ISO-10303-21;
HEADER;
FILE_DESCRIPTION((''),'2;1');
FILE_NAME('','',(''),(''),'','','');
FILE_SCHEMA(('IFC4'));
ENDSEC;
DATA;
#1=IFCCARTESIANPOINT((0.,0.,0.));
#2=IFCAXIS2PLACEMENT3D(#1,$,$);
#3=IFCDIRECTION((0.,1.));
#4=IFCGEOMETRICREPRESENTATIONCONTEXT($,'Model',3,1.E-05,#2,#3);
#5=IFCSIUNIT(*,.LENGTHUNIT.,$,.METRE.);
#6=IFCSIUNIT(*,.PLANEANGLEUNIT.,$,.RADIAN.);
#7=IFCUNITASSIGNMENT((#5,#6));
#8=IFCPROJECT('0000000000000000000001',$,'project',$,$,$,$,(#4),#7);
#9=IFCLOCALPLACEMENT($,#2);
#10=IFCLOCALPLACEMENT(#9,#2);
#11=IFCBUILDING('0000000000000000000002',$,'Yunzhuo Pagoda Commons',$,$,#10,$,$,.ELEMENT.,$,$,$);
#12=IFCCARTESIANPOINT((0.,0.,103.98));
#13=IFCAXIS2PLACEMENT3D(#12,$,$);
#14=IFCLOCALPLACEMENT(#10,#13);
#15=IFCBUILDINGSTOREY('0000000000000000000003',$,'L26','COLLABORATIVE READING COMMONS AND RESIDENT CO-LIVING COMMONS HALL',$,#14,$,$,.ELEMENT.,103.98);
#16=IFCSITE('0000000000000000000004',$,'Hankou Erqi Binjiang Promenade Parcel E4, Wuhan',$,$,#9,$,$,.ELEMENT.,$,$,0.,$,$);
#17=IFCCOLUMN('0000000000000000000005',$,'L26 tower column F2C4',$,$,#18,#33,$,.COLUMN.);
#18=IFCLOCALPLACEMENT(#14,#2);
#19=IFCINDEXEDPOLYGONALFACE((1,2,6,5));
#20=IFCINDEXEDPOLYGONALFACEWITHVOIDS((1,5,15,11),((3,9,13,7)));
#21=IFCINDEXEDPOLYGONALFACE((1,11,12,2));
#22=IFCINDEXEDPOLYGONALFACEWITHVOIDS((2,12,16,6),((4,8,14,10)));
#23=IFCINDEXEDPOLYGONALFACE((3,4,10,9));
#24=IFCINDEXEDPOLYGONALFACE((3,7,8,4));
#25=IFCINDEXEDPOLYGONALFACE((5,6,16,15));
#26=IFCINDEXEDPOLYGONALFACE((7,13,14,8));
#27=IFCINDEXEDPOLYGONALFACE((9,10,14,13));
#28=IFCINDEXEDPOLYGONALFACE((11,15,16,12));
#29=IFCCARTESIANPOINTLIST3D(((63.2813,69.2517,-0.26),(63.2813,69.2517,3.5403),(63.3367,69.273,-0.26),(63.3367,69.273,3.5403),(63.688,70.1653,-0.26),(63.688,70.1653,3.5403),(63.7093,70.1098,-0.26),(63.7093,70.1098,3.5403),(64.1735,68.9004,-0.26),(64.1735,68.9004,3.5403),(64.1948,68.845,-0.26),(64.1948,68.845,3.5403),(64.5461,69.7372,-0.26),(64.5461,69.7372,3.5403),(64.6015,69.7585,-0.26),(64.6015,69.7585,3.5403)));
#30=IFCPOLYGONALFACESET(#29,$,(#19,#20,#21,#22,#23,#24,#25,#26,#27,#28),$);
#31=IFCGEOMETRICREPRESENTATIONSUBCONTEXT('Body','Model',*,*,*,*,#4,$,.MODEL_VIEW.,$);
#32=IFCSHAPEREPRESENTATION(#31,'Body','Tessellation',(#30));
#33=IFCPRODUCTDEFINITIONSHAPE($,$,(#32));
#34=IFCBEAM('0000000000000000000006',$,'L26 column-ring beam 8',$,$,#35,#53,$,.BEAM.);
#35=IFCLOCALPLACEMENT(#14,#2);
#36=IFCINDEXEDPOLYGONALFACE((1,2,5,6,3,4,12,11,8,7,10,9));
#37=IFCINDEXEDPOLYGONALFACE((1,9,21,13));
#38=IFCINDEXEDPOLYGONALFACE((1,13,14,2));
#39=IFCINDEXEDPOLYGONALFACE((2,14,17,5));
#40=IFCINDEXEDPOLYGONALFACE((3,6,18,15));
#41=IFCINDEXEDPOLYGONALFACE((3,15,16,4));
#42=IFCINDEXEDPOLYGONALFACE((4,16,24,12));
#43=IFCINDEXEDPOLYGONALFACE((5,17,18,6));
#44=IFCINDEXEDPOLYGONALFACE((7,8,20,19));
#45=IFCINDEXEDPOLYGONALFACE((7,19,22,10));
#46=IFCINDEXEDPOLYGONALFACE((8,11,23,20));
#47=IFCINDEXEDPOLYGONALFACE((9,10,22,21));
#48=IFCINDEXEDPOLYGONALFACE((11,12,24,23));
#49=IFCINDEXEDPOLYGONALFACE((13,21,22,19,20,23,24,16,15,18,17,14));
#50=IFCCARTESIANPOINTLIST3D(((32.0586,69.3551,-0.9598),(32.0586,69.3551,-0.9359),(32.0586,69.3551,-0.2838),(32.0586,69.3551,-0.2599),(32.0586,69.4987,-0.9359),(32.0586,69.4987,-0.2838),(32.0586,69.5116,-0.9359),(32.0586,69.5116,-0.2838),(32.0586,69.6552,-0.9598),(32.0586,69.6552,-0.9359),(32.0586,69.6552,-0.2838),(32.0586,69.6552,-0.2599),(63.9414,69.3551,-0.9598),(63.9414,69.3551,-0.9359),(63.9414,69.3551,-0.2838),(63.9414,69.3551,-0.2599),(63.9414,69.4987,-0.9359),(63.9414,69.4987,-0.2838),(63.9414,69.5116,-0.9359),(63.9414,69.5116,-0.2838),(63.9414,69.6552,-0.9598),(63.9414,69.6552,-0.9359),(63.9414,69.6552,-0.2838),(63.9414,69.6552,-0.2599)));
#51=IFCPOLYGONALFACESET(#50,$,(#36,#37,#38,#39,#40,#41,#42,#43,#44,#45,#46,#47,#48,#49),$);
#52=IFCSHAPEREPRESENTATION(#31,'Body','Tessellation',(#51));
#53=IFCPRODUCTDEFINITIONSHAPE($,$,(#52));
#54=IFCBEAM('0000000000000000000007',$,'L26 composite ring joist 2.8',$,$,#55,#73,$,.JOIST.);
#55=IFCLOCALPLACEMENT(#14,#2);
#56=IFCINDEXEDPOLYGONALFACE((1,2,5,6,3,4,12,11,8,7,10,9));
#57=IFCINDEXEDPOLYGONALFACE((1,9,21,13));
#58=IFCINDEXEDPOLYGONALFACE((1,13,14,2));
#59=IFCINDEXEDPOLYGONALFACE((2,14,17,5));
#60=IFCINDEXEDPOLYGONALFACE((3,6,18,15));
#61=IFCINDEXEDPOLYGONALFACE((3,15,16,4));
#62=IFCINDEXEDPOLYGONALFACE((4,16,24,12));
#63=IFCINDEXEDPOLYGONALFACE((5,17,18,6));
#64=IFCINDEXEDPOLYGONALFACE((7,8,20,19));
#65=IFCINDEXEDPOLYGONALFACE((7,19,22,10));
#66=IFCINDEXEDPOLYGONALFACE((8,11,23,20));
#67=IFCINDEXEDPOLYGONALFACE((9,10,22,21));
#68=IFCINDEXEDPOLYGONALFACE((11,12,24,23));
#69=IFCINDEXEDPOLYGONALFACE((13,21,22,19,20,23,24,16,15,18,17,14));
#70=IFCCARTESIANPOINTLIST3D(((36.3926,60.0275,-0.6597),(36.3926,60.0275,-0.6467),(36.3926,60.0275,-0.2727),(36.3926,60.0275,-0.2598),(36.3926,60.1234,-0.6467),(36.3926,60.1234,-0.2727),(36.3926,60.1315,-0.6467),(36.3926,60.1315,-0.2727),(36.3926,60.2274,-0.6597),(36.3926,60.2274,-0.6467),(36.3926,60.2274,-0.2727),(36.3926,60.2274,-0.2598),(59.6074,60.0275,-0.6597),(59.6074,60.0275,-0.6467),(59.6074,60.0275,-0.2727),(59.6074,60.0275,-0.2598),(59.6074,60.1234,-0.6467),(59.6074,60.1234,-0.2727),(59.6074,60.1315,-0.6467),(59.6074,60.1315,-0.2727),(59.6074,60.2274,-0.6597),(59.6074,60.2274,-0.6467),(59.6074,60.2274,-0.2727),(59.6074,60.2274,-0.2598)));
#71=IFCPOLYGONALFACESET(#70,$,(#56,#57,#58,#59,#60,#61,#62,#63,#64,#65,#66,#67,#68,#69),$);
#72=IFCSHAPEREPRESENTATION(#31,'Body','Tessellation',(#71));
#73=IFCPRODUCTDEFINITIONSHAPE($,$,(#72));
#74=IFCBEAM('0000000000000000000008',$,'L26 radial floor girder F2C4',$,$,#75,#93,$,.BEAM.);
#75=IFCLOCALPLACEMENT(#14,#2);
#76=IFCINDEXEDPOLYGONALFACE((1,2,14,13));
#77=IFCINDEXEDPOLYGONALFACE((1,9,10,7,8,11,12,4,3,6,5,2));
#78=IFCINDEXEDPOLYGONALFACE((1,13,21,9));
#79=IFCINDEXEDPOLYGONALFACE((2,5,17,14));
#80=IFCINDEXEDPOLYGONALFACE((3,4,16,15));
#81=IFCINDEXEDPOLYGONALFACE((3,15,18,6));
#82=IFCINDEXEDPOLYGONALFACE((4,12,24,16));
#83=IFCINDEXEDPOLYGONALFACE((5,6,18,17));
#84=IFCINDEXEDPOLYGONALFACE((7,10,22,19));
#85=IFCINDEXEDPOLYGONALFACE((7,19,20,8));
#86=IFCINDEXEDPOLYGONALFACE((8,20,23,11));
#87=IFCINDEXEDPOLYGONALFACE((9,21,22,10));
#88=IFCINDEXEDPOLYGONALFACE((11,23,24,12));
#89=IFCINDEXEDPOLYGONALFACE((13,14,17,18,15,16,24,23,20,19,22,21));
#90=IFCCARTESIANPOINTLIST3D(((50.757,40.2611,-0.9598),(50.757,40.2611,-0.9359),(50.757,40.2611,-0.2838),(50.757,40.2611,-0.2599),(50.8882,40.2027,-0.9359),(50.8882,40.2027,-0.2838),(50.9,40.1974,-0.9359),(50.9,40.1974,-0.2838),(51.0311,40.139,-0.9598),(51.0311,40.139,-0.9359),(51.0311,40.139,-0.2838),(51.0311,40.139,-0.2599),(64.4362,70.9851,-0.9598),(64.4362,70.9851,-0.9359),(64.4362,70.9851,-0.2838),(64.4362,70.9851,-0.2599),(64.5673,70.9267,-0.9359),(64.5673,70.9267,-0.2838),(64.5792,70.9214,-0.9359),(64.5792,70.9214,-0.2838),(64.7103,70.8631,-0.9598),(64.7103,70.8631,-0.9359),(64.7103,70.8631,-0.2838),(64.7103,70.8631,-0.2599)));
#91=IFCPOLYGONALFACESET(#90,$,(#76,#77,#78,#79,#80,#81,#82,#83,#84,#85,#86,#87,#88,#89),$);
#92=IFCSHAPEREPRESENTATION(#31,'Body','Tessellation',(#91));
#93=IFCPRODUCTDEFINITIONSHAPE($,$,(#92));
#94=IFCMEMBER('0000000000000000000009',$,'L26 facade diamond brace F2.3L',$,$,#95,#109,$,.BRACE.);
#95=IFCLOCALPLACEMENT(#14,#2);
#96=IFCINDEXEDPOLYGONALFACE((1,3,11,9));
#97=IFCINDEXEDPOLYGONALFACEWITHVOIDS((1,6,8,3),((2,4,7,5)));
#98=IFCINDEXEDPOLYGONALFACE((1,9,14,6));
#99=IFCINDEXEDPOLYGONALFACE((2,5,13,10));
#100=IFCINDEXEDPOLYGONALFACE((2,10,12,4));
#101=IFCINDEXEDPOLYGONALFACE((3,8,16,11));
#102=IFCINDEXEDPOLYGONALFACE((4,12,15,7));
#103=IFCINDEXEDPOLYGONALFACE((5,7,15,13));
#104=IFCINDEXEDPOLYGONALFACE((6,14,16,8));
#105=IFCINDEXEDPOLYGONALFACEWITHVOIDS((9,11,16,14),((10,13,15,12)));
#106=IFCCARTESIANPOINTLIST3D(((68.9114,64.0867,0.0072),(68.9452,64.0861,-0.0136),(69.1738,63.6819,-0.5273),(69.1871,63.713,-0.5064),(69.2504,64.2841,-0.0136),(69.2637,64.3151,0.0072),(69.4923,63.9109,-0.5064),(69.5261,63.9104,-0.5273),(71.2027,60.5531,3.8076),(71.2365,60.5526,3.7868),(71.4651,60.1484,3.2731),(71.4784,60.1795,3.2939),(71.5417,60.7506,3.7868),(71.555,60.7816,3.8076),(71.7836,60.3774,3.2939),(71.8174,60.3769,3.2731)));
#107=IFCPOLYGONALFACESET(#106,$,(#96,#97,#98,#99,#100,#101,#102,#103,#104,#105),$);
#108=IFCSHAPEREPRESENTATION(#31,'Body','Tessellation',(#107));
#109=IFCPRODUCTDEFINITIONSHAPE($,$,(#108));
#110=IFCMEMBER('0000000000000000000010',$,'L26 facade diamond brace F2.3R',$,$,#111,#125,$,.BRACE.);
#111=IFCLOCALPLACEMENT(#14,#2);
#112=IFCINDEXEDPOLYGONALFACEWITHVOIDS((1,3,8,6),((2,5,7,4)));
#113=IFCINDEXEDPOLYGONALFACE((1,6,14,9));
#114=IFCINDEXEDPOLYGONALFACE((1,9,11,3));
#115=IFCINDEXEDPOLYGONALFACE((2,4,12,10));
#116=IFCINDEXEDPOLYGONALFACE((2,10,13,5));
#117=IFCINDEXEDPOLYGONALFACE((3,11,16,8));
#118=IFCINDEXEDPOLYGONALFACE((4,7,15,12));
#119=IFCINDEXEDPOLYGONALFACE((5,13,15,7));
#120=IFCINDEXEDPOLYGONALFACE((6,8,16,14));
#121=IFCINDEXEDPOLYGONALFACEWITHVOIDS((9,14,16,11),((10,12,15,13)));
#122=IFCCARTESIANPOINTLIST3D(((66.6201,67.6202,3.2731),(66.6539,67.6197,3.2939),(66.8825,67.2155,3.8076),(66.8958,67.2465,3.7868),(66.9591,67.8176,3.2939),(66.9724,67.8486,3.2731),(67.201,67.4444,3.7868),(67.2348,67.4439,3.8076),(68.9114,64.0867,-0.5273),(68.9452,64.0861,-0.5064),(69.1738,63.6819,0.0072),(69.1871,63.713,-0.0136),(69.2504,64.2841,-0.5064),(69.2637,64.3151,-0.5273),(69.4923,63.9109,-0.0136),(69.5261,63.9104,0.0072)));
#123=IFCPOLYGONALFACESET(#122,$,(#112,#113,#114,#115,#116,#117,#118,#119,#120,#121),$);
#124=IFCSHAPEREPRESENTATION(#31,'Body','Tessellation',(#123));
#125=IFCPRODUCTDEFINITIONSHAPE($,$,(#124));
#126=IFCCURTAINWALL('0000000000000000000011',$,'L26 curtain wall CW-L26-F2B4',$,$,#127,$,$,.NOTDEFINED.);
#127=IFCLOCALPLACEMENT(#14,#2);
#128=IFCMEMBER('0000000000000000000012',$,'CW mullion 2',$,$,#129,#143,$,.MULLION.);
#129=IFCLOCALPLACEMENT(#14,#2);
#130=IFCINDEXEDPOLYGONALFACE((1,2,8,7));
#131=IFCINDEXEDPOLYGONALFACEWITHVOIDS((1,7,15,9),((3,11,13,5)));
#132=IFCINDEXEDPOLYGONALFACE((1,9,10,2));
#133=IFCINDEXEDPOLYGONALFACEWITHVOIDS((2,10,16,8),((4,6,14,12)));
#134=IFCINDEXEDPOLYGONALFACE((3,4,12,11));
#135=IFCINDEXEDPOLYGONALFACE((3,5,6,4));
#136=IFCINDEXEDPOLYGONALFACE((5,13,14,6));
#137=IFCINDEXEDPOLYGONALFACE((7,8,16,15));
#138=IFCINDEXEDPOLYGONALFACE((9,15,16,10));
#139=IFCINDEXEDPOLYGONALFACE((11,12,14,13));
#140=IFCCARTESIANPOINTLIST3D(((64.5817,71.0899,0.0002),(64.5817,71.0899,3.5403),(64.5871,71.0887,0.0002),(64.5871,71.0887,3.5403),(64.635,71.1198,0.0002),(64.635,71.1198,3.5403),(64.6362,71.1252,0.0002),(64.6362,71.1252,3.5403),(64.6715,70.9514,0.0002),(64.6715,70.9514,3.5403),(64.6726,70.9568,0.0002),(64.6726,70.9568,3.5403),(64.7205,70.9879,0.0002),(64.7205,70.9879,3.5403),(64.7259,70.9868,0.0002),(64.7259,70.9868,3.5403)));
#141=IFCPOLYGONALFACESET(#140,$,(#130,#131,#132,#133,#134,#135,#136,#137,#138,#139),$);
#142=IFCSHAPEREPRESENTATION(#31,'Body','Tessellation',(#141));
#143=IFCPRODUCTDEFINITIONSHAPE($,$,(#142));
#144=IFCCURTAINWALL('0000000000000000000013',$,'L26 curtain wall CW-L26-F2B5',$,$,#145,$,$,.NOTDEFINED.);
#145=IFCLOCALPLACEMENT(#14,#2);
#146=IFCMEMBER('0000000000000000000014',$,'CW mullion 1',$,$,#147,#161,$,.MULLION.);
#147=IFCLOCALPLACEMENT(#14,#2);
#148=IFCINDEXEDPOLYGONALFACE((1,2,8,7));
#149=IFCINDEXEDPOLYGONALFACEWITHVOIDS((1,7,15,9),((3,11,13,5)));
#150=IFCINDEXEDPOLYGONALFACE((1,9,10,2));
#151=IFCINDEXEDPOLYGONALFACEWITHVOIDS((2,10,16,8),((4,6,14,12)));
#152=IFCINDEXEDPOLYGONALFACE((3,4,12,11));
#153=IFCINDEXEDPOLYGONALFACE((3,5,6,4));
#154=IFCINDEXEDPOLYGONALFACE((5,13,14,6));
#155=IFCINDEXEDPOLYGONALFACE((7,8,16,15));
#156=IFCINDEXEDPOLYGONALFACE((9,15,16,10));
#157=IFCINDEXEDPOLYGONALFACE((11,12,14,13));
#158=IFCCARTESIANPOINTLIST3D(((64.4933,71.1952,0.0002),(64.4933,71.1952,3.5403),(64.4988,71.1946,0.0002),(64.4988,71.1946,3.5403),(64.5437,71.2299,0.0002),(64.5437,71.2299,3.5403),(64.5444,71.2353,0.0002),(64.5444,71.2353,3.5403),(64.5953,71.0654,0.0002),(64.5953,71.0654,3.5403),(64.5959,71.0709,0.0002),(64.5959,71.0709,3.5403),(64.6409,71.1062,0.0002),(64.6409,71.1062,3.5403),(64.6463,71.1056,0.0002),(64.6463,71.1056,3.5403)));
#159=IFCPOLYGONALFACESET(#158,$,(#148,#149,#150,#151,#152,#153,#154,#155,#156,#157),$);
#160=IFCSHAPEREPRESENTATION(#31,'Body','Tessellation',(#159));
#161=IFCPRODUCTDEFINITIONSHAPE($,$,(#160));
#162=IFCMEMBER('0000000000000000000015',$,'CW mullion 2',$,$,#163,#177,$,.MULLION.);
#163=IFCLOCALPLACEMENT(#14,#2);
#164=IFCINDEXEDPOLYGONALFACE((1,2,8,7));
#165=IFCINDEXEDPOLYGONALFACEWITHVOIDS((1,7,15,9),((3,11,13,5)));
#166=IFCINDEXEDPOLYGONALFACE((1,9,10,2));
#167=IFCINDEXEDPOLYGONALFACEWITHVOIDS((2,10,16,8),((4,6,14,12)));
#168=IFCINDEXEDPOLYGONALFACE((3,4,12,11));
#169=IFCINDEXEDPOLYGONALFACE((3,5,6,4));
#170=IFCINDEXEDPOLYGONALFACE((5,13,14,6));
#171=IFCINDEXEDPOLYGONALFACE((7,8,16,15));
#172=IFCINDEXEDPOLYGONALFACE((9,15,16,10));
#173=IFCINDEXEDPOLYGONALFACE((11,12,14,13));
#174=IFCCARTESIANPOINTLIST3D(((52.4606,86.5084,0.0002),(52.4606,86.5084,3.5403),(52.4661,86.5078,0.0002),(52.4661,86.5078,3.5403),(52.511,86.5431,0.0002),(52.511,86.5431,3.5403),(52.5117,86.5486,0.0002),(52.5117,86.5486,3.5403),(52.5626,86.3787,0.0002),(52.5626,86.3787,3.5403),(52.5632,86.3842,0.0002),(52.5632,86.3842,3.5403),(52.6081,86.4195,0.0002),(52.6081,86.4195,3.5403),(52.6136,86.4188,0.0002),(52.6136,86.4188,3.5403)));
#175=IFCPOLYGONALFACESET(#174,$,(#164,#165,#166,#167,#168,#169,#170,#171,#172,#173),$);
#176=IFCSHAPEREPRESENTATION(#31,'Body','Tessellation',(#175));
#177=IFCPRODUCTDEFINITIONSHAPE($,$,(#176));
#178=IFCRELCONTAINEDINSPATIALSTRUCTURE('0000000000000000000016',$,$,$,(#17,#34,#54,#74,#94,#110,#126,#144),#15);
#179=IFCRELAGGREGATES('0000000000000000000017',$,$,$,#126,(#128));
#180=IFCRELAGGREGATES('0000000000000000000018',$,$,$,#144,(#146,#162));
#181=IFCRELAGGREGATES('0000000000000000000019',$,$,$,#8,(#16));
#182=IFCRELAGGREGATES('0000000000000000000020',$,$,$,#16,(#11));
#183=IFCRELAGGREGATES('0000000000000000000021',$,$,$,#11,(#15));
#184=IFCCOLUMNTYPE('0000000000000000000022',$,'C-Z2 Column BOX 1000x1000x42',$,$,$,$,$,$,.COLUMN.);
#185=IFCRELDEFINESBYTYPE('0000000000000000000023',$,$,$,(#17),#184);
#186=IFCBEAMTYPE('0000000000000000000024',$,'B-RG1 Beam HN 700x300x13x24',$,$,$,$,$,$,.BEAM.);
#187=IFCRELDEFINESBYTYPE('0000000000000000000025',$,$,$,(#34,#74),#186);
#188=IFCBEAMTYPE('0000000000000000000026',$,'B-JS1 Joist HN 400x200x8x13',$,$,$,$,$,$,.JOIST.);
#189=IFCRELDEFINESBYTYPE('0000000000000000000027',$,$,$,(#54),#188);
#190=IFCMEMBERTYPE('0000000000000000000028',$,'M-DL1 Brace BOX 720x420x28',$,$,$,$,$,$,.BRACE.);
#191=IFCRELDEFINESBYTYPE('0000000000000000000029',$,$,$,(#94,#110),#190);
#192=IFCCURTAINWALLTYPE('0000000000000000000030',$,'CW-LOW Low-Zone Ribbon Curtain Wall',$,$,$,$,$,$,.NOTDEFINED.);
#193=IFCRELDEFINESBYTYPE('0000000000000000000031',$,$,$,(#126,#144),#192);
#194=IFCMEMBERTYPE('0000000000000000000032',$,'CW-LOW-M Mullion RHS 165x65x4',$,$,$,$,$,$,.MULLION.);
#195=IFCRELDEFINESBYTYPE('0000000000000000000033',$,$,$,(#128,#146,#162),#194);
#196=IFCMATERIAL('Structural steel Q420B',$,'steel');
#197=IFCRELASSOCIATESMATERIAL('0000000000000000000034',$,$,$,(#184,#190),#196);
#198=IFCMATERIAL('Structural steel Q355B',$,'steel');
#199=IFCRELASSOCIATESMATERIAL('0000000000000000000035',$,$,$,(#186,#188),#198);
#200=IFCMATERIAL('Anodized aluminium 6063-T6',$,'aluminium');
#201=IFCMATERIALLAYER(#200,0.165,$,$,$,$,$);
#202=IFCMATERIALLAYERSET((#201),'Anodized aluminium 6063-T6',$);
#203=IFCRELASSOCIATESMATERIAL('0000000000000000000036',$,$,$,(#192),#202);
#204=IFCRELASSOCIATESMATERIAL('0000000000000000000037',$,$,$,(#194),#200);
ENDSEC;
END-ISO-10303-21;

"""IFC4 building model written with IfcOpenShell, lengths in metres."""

from ifc_helpers import new_model, si_unit, direction, frame, origin, origin_2d, place, context, subcontext, project, spatial, hollow_rectangle, i_section, extrude, source, transform, mapped, material, layer, layer_set, material_profile, profile_set, type_object, element, aggregate, save


model = new_model("IFC4")

# Units and contexts
model_context = context("Model", 3, precision=1e-05, world=origin(), true_north=direction((0.0, 1.0)))
body_context = subcontext(model_context, "Body", "Model", "MODEL_VIEW")
ifc_project = project(units=[si_unit("LENGTHUNIT", "METRE"), si_unit("PLANEANGLEUNIT", "RADIAN")], contexts=[model_context])

# Site, building, storey
site_placement = place(None, origin())
site = spatial("IfcSite", under=ifc_project, at=site_placement, Name="Hankou Erqi Binjiang Promenade Parcel E4, Wuhan", CompositionType="ELEMENT", RefElevation=0.0)
building_placement = place(site_placement, origin())
building = spatial("IfcBuilding", under=site, at=building_placement, Name="Yunzhuo Pagoda Commons", CompositionType="ELEMENT")
storey_placement = place(building_placement, frame((0.0, 0.0, 103.98)))
storey = spatial("IfcBuildingStorey", under=building, at=storey_placement, Name="L26", Description="COLLABORATIVE READING COMMONS AND RESIDENT CO-LIVING COMMONS HALL", CompositionType="ELEMENT", Elevation=103.98)

# Column
ifc_material_1 = material(Name="Structural steel Q420B", Category="steel")
ifc_material_profile_1 = material_profile(ifc_material_1, hollow_rectangle(XDim=1.0, YDim=1.0, WallThickness=0.042, at=origin_2d()), Name="Structural steel Q420B")
ifc_profile_set_1 = profile_set([ifc_material_profile_1], Name="Structural steel Q420B")
column_type = type_object("IfcColumnType", Name="C-Z2 Column BOX 1000x1000x42", PredefinedType="COLUMN", material=ifc_profile_set_1)
shared_shape_1 = source(origin(), body_context, "Body", "SweptSolid", [
    extrude(hollow_rectangle(XDim=1.0, YDim=1.0, WallThickness=0.042, at=origin_2d()), origin(), (0.0, 0.0, 1.0), 3.8003),
])
column_placement = place(storey_placement, frame((63.9414, 69.5051, -0.26), z_axis=(0.0, 0.0, 1.0), x_axis=(-0.913545, 0.406737, 0.0)))
element("IfcColumn", 1, at=column_placement, inside=storey, type_object=column_type, Name="L26 tower column F2C4", PredefinedType="COLUMN", context=body_context, shape_type="MappedRepresentation", body=[
    mapped(shared_shape_1, transform((0.0, 0.0, 0.0), scale=1.0)),
])

# Beams
ifc_material_2 = material(Name="Structural steel Q355B", Category="steel")
ifc_material_profile_2 = material_profile(ifc_material_2, i_section(OverallWidth=0.3, OverallDepth=0.7, WebThickness=0.0129, FlangeThickness=0.0239, at=origin_2d()), Name="Structural steel Q355B")
ifc_profile_set_2 = profile_set([ifc_material_profile_2], Name="Structural steel Q355B")
beam_type_1 = type_object("IfcBeamType", Name="B-RG1 Beam HN 700x300x13x24", PredefinedType="BEAM", material=ifc_profile_set_2)
shared_shape_2 = source(origin(), body_context, "Body", "SweptSolid", [
    extrude(i_section(OverallWidth=0.3, OverallDepth=0.7, WebThickness=0.0129, FlangeThickness=0.0239, at=origin_2d()), origin(), (0.0, 0.0, 1.0), 31.8828),
])
beam_1_placement = place(storey_placement, frame((63.9414, 69.5051, -0.6099), z_axis=(-1.0, 0.0, 0.0), x_axis=(0.0, -1.0, 0.0)))
element("IfcBeam", 2, at=beam_1_placement, inside=storey, type_object=beam_type_1, Name="L26 column-ring beam 8", PredefinedType="BEAM", context=body_context, shape_type="MappedRepresentation", body=[
    mapped(shared_shape_2, transform((0.0, 0.0, 0.0), scale=1.0)),
])
ifc_material_profile_3 = material_profile(ifc_material_2, i_section(OverallWidth=0.2, OverallDepth=0.3999, WebThickness=0.0081, FlangeThickness=0.0129, at=origin_2d()), Name="Structural steel Q355B")
ifc_profile_set_3 = profile_set([ifc_material_profile_3], Name="Structural steel Q355B")
beam_type_2 = type_object("IfcBeamType", Name="B-JS1 Joist HN 400x200x8x13", PredefinedType="JOIST", material=ifc_profile_set_3)
shared_shape_3 = source(origin(), body_context, "Body", "SweptSolid", [
    extrude(i_section(OverallWidth=0.2, OverallDepth=0.3999, WebThickness=0.0081, FlangeThickness=0.0129, at=origin_2d()), origin(), (0.0, 0.0, 1.0), 23.2148),
])
beam_2_placement = place(storey_placement, frame((59.6074, 60.1274, -0.4597), z_axis=(-1.0, 0.0, 0.0), x_axis=(0.0, -1.0, 0.0)))
element("IfcBeam", 3, at=beam_2_placement, inside=storey, type_object=beam_type_2, Name="L26 composite ring joist 2.8", PredefinedType="JOIST", context=body_context, shape_type="MappedRepresentation", body=[
    mapped(shared_shape_3, transform((0.0, 0.0, 0.0), scale=1.0)),
])
shared_shape_4 = source(origin(), body_context, "Body", "SweptSolid", [
    extrude(i_section(OverallWidth=0.3, OverallDepth=0.7, WebThickness=0.0129, FlangeThickness=0.0239, at=origin_2d()), origin(), (0.0, 0.0, 1.0), 33.6316),
])
beam_3_placement = place(storey_placement, frame((64.5732, 70.9241, -0.6099), z_axis=(-0.406735, -0.913546, 0.0), x_axis=(0.913546, -0.406735, 0.0)))
element("IfcBeam", 4, at=beam_3_placement, inside=storey, type_object=beam_type_1, Name="L26 radial floor girder F2C4", PredefinedType="BEAM", context=body_context, shape_type="MappedRepresentation", body=[
    mapped(shared_shape_4, transform((0.0, 0.0, 0.0), scale=1.0)),
])

# Members
ifc_material_profile_4 = material_profile(ifc_material_1, hollow_rectangle(XDim=0.4199, YDim=0.72, WallThickness=0.0281, at=origin_2d()), Name="Structural steel Q420B")
ifc_profile_set_4 = profile_set([ifc_material_profile_4], Name="Structural steel Q420B")
member_type_1 = type_object("IfcMemberType", Name="M-DL1 Brace BOX 720x420x28", PredefinedType="BRACE", material=ifc_profile_set_4)
shared_shape_5 = source(origin(), body_context, "Body", "SweptSolid", [
    extrude(hollow_rectangle(XDim=0.4199, YDim=0.72, WallThickness=0.0281, at=origin_2d()), origin(), (0.0, 0.0, 1.0), 5.6726),
])
for number, where, z_axis, x_axis, name in (
    (5, (69.2188, 63.9985, -0.26), (0.403924, -0.622907, 0.669949), (0.839038, 0.544073, 0.0), "L26 facade diamond brace F2.3L"),
    (6, (69.2188, 63.9985, -0.26), (-0.403924, 0.622907, 0.669949), (-0.839038, -0.544073, 0.0), "L26 facade diamond brace F2.3R"),
):
    element("IfcMember", number, at=place(storey_placement, frame(where, z_axis=z_axis, x_axis=x_axis)), inside=storey, type_object=member_type_1, Name=name, PredefinedType="BRACE", context=body_context, shape_type="MappedRepresentation", body=[
        mapped(shared_shape_5, transform((0.0, 0.0, 0.0), scale=1.0)),
    ])

# Curtain wall, member
ifc_material_3 = material(Name="Anodized aluminium 6063-T6", Category="aluminium")
ifc_layer_1 = layer(ifc_material_3, 0.165)
ifc_layer_set_1 = layer_set([ifc_layer_1], Name="Anodized aluminium 6063-T6")
curtain_wall_type = type_object("IfcCurtainWallType", Name="CW-LOW Low-Zone Ribbon Curtain Wall", PredefinedType="NOTDEFINED", material=ifc_layer_set_1)
curtain_wall_1_placement = place(storey_placement, origin())
curtain_wall_1 = element("IfcCurtainWall", 7, at=curtain_wall_1_placement, inside=storey, type_object=curtain_wall_type, Name="L26 curtain wall CW-L26-F2B4", PredefinedType="NOTDEFINED")
ifc_material_profile_5 = material_profile(ifc_material_3, hollow_rectangle(XDim=0.0649, YDim=0.165, WallThickness=0.0039, at=origin_2d()), Name="Anodized aluminium 6063-T6")
ifc_profile_set_5 = profile_set([ifc_material_profile_5], Name="Anodized aluminium 6063-T6")
member_type_2 = type_object("IfcMemberType", Name="CW-LOW-M Mullion RHS 165x65x4", PredefinedType="MULLION", material=ifc_profile_set_5)
shared_shape_6 = source(origin(), body_context, "Body", "SweptSolid", [
    extrude(hollow_rectangle(XDim=0.0649, YDim=0.165, WallThickness=0.0039, at=origin_2d()), origin(), (0.0, 0.0, 1.0), 3.54),
])
member_1_placement = place(storey_placement, frame((64.6538, 71.0383, 0.0002), z_axis=(0.0, 0.0, 1.0), x_axis=(-0.83904, -0.54407, 0.0)))
member_1 = element("IfcMember", 8, at=member_1_placement, type_object=member_type_2, Name="CW mullion 2", PredefinedType="MULLION", context=body_context, shape_type="MappedRepresentation", body=[
    mapped(shared_shape_6, transform((0.0, 0.0, 0.0), scale=1.0)),
])

# Curtain wall, members
curtain_wall_2_placement = place(storey_placement, origin())
curtain_wall_2 = element("IfcCurtainWall", 9, at=curtain_wall_2_placement, inside=storey, type_object=curtain_wall_type, Name="L26 curtain wall CW-L26-F2B5", PredefinedType="NOTDEFINED")
member_2_placement = place(storey_placement, frame((64.5698, 71.1504, 0.0002), z_axis=(0.0, 0.0, 1.0), x_axis=(-0.786301, -0.617843, 0.0)))
member_2 = element("IfcMember", 10, at=member_2_placement, type_object=member_type_2, Name="CW mullion 1", PredefinedType="MULLION", context=body_context, shape_type="MappedRepresentation", body=[
    mapped(shared_shape_6, transform((0.0, 0.0, 0.0), scale=1.0)),
])
member_3_placement = place(storey_placement, frame((52.5371, 86.4636, 0.0002), z_axis=(0.0, 0.0, 1.0), x_axis=(-0.786301, -0.617843, 0.0)))
member_3 = element("IfcMember", 11, at=member_3_placement, type_object=member_type_2, Name="CW mullion 2", PredefinedType="MULLION", context=body_context, shape_type="MappedRepresentation", body=[
    mapped(shared_shape_6, transform((0.0, 0.0, 0.0), scale=1.0)),
])

aggregate(curtain_wall_1, [member_1])

aggregate(curtain_wall_2, [member_2, member_3])

save(model, "model.ifc")
